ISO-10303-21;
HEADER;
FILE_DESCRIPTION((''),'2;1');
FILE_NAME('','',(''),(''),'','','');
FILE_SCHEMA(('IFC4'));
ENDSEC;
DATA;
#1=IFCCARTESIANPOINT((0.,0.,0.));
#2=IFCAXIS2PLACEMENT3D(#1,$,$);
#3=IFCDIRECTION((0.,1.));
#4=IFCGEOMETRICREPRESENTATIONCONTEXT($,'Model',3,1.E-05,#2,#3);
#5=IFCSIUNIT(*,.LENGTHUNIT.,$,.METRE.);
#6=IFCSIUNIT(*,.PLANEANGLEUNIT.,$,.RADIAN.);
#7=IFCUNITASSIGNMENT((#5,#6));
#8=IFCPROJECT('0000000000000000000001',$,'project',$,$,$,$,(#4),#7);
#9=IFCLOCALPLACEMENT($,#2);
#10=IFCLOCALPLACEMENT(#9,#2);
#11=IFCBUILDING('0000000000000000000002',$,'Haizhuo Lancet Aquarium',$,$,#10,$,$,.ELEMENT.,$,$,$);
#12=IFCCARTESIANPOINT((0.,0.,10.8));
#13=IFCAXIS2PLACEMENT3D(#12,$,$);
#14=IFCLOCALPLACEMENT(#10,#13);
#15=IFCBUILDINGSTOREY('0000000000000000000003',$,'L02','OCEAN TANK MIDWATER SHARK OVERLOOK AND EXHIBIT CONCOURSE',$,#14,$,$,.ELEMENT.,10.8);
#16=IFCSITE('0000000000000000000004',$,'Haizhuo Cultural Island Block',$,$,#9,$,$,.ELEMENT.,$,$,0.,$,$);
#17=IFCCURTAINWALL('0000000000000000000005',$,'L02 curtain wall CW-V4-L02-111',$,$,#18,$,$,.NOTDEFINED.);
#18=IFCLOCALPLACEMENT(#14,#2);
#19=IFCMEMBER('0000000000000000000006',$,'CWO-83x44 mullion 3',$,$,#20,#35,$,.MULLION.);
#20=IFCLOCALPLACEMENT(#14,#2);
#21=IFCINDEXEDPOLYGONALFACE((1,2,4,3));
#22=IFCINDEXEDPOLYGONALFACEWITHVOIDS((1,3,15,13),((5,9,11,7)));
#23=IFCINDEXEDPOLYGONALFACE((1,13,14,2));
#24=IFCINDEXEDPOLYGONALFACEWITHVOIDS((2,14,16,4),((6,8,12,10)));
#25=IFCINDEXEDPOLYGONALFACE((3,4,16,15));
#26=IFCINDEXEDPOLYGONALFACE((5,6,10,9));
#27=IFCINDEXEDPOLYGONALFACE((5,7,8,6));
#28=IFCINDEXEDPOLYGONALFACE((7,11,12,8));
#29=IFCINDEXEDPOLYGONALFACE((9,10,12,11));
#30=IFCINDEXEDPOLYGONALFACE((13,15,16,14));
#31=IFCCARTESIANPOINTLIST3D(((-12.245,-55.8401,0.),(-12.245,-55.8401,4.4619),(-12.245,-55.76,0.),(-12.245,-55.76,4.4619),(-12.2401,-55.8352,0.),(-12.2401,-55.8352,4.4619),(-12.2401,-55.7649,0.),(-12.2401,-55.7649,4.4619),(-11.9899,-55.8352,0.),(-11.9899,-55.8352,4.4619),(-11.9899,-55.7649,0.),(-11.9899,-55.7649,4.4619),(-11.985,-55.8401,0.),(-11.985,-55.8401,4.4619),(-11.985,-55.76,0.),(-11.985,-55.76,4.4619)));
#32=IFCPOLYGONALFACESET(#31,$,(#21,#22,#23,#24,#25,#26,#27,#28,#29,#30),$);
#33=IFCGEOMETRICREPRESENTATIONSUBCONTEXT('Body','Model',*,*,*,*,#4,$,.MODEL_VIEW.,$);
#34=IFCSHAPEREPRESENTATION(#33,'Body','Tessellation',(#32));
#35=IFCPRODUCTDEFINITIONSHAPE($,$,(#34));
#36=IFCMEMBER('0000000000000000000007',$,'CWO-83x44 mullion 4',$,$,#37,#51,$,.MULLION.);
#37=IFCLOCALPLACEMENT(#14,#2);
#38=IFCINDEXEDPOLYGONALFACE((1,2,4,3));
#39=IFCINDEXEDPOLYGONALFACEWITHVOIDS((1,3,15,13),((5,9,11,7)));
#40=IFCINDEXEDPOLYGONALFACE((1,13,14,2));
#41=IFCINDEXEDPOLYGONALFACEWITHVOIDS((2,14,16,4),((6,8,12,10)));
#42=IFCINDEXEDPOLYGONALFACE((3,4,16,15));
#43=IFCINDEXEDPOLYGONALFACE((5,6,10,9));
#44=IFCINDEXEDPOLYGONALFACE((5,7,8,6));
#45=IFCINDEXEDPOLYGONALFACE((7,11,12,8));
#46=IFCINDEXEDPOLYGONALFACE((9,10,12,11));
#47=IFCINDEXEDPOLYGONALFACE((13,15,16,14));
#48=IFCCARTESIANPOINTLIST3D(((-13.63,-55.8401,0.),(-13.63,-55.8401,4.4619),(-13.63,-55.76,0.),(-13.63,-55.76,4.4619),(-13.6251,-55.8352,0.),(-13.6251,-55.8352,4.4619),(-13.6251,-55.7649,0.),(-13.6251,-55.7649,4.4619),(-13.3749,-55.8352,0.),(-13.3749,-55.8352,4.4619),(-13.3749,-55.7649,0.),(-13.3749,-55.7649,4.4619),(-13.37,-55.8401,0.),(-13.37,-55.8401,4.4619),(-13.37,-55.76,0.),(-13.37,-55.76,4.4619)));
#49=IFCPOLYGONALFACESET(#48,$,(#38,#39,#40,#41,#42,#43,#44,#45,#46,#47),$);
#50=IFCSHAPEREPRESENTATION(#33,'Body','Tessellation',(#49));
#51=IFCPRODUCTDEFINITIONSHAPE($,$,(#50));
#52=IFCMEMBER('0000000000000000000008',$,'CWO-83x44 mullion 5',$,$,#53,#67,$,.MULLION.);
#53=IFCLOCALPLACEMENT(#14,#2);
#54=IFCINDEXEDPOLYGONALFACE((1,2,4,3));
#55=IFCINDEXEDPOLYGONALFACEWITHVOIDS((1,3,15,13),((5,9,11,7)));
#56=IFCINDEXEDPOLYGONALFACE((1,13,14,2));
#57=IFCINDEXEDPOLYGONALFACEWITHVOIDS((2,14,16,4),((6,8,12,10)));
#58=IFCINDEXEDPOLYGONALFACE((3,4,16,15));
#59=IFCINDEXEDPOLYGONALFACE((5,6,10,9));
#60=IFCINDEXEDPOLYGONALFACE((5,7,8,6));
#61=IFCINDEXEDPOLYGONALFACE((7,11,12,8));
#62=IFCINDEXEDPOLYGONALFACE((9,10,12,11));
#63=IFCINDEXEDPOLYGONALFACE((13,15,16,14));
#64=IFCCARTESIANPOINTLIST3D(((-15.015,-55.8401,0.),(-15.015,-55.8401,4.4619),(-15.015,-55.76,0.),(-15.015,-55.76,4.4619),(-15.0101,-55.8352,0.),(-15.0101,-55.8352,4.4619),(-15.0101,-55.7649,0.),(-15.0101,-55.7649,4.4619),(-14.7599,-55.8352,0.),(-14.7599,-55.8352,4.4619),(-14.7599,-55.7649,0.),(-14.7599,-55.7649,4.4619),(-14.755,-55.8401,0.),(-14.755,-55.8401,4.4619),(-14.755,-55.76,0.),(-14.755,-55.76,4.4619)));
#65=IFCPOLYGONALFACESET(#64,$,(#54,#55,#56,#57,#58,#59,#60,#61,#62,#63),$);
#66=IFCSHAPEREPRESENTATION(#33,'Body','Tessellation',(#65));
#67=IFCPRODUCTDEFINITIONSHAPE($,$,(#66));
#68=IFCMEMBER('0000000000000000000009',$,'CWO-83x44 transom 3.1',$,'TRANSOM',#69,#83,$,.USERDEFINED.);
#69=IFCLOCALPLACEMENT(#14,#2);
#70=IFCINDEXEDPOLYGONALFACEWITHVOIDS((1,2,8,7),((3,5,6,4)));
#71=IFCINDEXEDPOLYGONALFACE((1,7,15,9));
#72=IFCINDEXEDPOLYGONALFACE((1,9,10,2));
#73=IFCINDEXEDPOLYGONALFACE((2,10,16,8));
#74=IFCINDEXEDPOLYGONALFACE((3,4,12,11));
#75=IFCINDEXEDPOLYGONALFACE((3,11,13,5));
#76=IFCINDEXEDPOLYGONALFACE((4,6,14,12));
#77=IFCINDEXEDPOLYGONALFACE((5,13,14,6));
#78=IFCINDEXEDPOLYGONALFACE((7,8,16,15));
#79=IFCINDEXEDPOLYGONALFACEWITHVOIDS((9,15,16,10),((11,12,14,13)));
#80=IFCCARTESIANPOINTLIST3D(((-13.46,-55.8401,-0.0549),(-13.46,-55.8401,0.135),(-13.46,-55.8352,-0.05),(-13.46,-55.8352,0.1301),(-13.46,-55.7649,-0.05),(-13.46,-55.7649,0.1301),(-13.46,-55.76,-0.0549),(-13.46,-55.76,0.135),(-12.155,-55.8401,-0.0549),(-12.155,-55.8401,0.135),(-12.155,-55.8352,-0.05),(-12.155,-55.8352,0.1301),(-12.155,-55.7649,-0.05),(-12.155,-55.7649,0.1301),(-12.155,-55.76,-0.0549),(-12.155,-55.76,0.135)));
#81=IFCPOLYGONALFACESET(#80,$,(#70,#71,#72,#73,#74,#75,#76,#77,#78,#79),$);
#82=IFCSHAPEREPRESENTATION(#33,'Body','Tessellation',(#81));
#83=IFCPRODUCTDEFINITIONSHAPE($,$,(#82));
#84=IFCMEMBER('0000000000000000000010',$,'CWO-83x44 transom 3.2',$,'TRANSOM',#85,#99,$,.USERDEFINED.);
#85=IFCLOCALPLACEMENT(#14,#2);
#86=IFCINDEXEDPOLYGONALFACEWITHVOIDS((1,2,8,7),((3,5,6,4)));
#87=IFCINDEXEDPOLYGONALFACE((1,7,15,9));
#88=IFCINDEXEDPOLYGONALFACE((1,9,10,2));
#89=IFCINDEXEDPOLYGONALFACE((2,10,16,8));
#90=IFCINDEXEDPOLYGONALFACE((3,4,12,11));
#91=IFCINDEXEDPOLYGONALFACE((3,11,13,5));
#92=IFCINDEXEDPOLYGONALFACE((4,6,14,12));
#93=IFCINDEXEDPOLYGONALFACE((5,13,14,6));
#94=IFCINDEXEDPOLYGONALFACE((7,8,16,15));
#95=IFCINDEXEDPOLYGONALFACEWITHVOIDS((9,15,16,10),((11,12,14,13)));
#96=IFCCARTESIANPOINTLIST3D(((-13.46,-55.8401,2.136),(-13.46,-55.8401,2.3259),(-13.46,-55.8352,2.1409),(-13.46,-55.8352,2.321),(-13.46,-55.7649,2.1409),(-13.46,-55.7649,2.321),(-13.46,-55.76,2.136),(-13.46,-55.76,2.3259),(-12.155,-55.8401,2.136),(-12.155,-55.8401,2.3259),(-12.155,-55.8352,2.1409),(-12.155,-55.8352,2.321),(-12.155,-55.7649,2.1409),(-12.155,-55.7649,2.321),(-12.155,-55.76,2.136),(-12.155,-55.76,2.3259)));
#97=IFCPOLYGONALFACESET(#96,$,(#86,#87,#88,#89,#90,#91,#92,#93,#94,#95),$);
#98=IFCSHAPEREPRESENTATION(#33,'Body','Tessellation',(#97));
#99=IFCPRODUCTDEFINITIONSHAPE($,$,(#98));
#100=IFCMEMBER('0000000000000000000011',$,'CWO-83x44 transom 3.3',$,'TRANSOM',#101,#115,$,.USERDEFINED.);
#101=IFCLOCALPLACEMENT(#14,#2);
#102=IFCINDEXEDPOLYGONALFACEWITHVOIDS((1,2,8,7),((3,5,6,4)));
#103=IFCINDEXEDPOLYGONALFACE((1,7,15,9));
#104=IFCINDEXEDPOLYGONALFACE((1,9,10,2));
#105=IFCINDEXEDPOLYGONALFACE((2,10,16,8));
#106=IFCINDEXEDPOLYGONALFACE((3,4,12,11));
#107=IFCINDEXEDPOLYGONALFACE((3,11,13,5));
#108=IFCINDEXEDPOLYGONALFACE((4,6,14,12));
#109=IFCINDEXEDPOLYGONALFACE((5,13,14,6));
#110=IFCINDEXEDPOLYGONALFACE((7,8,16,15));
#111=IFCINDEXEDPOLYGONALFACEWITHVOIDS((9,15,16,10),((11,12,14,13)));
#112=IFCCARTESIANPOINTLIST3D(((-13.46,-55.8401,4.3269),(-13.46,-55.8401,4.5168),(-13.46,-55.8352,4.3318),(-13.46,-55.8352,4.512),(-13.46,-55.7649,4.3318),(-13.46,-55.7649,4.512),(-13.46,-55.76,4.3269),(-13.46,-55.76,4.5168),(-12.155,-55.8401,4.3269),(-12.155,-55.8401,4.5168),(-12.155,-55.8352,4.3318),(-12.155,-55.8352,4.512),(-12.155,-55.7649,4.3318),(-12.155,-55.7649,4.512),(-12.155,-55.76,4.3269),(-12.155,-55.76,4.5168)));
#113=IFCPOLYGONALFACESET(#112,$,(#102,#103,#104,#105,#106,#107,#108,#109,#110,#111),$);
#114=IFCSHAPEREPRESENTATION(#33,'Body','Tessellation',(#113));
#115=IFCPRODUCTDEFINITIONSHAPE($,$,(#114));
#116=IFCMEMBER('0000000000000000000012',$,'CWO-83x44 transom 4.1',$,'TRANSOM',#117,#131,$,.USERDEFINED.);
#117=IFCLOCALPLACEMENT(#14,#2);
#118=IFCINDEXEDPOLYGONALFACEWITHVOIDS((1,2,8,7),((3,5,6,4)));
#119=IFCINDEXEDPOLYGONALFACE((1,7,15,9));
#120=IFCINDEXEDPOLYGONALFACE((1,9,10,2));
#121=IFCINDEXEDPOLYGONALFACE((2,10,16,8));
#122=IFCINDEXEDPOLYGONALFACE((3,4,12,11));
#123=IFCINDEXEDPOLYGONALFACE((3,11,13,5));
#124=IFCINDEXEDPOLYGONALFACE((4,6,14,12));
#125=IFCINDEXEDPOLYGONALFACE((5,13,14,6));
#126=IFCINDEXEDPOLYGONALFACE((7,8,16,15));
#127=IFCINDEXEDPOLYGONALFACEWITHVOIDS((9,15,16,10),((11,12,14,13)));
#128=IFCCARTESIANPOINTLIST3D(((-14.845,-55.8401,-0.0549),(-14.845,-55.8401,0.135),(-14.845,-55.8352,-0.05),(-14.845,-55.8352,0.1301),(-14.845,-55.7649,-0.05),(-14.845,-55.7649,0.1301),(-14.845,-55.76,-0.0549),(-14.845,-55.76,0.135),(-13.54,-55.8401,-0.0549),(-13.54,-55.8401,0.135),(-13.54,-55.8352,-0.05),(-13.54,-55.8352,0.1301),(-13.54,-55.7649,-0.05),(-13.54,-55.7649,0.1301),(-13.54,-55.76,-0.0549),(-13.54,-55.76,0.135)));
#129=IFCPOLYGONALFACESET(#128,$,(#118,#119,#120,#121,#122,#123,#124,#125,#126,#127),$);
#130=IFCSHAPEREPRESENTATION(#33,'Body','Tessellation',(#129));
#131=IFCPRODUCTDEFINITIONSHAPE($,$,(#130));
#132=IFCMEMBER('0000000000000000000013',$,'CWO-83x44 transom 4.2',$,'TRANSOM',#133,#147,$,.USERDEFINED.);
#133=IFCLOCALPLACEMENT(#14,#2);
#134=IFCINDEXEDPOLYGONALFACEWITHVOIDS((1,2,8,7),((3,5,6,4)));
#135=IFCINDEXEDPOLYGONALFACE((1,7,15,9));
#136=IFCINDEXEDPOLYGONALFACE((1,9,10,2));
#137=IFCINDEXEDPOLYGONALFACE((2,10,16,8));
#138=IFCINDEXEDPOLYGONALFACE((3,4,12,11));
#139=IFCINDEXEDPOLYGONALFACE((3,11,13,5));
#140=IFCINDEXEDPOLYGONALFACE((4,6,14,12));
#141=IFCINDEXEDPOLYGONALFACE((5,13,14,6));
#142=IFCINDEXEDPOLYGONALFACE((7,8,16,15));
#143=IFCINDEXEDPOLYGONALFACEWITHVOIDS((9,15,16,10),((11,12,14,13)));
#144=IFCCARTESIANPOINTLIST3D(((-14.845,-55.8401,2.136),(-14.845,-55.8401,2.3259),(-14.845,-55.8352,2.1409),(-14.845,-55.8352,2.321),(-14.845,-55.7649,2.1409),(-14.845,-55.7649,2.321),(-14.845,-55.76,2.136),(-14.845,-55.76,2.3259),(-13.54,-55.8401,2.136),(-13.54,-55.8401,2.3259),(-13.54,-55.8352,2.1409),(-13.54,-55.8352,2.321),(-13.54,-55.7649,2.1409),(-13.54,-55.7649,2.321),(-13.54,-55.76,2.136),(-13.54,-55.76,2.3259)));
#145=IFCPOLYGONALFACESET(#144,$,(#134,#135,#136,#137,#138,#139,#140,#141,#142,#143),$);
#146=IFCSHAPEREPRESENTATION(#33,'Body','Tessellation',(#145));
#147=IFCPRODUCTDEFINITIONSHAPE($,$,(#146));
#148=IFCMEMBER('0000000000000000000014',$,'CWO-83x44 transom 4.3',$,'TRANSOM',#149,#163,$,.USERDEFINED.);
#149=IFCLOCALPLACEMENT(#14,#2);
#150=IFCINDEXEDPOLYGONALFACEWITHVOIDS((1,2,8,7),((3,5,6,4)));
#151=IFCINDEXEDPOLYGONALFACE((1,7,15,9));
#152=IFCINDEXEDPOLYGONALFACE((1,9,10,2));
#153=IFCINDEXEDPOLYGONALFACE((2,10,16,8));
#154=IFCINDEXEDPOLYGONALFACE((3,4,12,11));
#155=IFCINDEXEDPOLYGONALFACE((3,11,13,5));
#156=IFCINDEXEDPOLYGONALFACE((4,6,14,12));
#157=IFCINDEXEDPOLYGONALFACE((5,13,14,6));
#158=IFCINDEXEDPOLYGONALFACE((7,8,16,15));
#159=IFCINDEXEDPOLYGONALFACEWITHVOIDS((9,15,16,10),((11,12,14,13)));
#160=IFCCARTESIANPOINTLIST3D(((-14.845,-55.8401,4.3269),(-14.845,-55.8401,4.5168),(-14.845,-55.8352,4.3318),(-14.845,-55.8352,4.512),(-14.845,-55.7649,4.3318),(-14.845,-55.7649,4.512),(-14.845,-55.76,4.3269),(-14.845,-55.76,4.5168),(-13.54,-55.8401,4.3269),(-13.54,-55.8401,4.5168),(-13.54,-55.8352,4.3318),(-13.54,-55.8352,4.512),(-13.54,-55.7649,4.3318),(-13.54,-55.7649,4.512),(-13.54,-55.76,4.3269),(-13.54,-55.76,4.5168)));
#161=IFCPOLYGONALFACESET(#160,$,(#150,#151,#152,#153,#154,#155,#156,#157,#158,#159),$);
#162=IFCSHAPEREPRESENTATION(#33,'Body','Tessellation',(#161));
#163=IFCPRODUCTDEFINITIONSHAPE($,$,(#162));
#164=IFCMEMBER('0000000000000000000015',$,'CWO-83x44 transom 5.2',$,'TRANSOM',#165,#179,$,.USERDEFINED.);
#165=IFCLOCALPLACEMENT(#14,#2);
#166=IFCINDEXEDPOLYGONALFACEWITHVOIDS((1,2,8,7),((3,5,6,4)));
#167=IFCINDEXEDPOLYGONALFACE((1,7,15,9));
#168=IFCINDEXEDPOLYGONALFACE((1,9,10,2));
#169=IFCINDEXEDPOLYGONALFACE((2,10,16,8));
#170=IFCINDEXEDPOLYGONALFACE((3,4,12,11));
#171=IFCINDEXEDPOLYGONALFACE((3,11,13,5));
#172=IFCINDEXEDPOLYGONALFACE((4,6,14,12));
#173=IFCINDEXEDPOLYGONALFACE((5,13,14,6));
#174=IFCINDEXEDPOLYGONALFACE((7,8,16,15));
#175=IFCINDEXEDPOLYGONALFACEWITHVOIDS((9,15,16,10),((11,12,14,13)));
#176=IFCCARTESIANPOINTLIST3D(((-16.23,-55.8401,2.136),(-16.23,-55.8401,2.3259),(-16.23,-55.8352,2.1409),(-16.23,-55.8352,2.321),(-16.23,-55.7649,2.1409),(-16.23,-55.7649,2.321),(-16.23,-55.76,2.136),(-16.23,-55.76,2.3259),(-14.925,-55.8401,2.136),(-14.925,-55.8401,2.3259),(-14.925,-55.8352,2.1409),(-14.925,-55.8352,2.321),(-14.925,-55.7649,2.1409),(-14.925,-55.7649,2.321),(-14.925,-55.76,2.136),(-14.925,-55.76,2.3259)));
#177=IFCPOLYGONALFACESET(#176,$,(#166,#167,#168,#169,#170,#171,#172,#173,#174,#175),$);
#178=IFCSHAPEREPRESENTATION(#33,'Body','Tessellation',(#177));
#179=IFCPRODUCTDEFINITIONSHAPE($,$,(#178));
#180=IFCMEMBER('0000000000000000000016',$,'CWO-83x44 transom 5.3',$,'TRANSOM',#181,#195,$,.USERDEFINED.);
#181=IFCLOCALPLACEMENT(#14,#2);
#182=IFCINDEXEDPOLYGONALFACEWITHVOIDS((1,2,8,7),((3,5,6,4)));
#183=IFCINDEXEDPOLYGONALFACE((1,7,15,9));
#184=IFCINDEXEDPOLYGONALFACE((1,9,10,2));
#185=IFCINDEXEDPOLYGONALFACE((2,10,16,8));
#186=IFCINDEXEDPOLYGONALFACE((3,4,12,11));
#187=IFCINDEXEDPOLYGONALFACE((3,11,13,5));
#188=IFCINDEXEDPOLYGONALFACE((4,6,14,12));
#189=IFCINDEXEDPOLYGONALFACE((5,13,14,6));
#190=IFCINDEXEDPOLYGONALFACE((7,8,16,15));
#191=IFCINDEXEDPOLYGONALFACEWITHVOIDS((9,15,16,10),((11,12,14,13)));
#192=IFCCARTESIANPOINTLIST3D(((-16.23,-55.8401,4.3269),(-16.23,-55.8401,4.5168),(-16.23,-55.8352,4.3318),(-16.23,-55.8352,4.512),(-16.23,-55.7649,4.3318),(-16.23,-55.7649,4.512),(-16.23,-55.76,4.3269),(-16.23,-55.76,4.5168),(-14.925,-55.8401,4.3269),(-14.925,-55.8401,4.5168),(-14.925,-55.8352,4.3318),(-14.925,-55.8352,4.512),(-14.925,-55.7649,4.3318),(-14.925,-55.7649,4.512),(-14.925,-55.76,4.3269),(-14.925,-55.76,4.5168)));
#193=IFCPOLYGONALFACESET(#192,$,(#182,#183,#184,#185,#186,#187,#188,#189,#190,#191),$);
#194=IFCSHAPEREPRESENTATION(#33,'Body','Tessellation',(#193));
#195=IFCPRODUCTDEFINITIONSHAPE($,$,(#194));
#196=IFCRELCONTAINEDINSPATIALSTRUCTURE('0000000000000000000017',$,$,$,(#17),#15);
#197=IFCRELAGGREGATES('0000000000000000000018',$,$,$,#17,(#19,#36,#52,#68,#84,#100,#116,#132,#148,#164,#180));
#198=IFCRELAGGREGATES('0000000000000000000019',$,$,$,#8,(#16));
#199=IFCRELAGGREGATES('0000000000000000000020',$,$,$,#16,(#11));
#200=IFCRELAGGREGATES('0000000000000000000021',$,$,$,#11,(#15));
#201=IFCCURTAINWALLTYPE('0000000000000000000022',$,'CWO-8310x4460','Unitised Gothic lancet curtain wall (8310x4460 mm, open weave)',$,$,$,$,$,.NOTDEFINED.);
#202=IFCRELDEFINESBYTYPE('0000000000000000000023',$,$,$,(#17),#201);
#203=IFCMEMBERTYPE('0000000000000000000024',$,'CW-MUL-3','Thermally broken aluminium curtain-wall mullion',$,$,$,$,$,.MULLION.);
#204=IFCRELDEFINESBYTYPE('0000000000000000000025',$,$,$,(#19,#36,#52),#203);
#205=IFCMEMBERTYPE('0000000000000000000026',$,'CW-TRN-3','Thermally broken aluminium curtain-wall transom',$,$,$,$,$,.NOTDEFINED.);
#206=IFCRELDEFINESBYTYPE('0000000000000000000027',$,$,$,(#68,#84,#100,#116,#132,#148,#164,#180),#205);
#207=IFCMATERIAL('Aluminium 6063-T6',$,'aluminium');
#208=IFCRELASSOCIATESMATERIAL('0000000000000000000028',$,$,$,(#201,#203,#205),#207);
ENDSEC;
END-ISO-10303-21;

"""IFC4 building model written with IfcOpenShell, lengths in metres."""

from ifc_helpers import new_model, si_unit, direction, frame, origin, origin_2d, place, context, subcontext, project, spatial, hollow_rectangle, extrude, material, material_profile, profile_set, type_object, element, aggregate, save


model = new_model("IFC4")

# Units and contexts
model_context = context("Model", 3, precision=1e-05, world=origin(), true_north=direction((0.0, 1.0)))
body_context = subcontext(model_context, "Body", "Model", "MODEL_VIEW")
ifc_project = project(units=[si_unit("LENGTHUNIT", "METRE"), si_unit("PLANEANGLEUNIT", "RADIAN")], contexts=[model_context])

# Site, building, storey
site_placement = place(None, origin())
site = spatial("IfcSite", under=ifc_project, at=site_placement, Name="Haizhuo Cultural Island Block", CompositionType="ELEMENT", RefElevation=0.0)
building_placement = place(site_placement, origin())
building = spatial("IfcBuilding", under=site, at=building_placement, Name="Haizhuo Lancet Aquarium", CompositionType="ELEMENT")
storey_placement = place(building_placement, frame((0.0, 0.0, 10.8)))
storey = spatial("IfcBuildingStorey", under=building, at=storey_placement, Name="L02", Description="OCEAN TANK MIDWATER SHARK OVERLOOK AND EXHIBIT CONCOURSE", CompositionType="ELEMENT", Elevation=10.8)

# Curtain wall, members
ifc_material_1 = material(Name="Aluminium 6063-T6", Category="aluminium")
curtain_wall_type = type_object("IfcCurtainWallType", Name="CWO-8310x4460", Description="Unitised Gothic lancet curtain wall (8310x4460 mm, open weave)", PredefinedType="NOTDEFINED", material=ifc_material_1)
curtain_wall_placement = place(storey_placement, origin())
curtain_wall = element("IfcCurtainWall", 1, at=curtain_wall_placement, inside=storey, type_object=curtain_wall_type, Name="L02 curtain wall CW-V4-L02-111", PredefinedType="NOTDEFINED")
ifc_material_profile_1 = material_profile(ifc_material_1, hollow_rectangle(XDim=0.0801, YDim=0.26, WallThickness=0.0049, at=origin_2d()), Name="ALU-M 80x260x5")
ifc_profile_set_1 = profile_set([ifc_material_profile_1], Name="Aluminium 6063-T6")
member_type_1 = type_object("IfcMemberType", Name="CW-MUL-3", Description="Thermally broken aluminium curtain-wall mullion", PredefinedType="MULLION", material=ifc_profile_set_1)
member_1_placement = place(storey_placement, frame((-12.115, -55.8, 0.0), z_axis=(0.0, 0.0, 1.0), x_axis=(0.0, -1.0, 0.0)))
member_1 = element("IfcMember", 2, at=member_1_placement, type_object=member_type_1, Name="CWO-83x44 mullion 3", PredefinedType="MULLION", context=body_context, shape_type="SweptSolid", body=[
    extrude(hollow_rectangle(XDim=0.0801, YDim=0.26, WallThickness=0.0049, at=origin_2d()), origin(), (0.0, 0.0, 1.0), 4.4619),
])
member_2_placement = place(storey_placement, frame((-13.5, -55.8, 0.0), z_axis=(0.0, 0.0, 1.0), x_axis=(0.0, -1.0, 0.0)))
member_2 = element("IfcMember", 3, at=member_2_placement, type_object=member_type_1, Name="CWO-83x44 mullion 4", PredefinedType="MULLION", context=body_context, shape_type="SweptSolid", body=[
    extrude(hollow_rectangle(XDim=0.0801, YDim=0.26, WallThickness=0.0049, at=origin_2d()), origin(), (0.0, 0.0, 1.0), 4.4619),
])
member_3_placement = place(storey_placement, frame((-14.885, -55.8, 0.0), z_axis=(0.0, 0.0, 1.0), x_axis=(0.0, -1.0, 0.0)))
member_3 = element("IfcMember", 4, at=member_3_placement, type_object=member_type_1, Name="CWO-83x44 mullion 5", PredefinedType="MULLION", context=body_context, shape_type="SweptSolid", body=[
    extrude(hollow_rectangle(XDim=0.0801, YDim=0.26, WallThickness=0.0049, at=origin_2d()), origin(), (0.0, 0.0, 1.0), 4.4619),
])
ifc_material_profile_2 = material_profile(ifc_material_1, hollow_rectangle(XDim=0.0801, YDim=0.1899, WallThickness=0.0049, at=origin_2d()), Name="ALU-T 80x190x5")
ifc_profile_set_2 = profile_set([ifc_material_profile_2], Name="Aluminium 6063-T6")
member_type_2 = type_object("IfcMemberType", Name="CW-TRN-3", Description="Thermally broken aluminium curtain-wall transom", PredefinedType="NOTDEFINED", material=ifc_profile_set_2)
member_4_placement = place(storey_placement, frame((-12.155, -55.8, 0.04), z_axis=(-1.0, 0.0, 0.0), x_axis=(0.0, -1.0, 0.0)))
member_4 = element("IfcMember", 5, at=member_4_placement, type_object=member_type_2, Name="CWO-83x44 transom 3.1", ObjectType="TRANSOM", PredefinedType="USERDEFINED", context=body_context, shape_type="SweptSolid", body=[
    extrude(hollow_rectangle(XDim=0.0801, YDim=0.1899, WallThickness=0.0049, at=origin_2d()), origin(), (0.0, 0.0, 1.0), 1.3049),
])
member_5_placement = place(storey_placement, frame((-12.155, -55.8, 2.231), z_axis=(-1.0, 0.0, 0.0), x_axis=(0.0, -1.0, 0.0)))
member_5 = element("IfcMember", 6, at=member_5_placement, type_object=member_type_2, Name="CWO-83x44 transom 3.2", ObjectType="TRANSOM", PredefinedType="USERDEFINED", context=body_context, shape_type="SweptSolid", body=[
    extrude(hollow_rectangle(XDim=0.0801, YDim=0.1899, WallThickness=0.0049, at=origin_2d()), origin(), (0.0, 0.0, 1.0), 1.3049),
])
member_6_placement = place(storey_placement, frame((-12.155, -55.8, 4.4219), z_axis=(-1.0, 0.0, 0.0), x_axis=(0.0, -1.0, 0.0)))
member_6 = element("IfcMember", 7, at=member_6_placement, type_object=member_type_2, Name="CWO-83x44 transom 3.3", ObjectType="TRANSOM", PredefinedType="USERDEFINED", context=body_context, shape_type="SweptSolid", body=[
    extrude(hollow_rectangle(XDim=0.0801, YDim=0.1899, WallThickness=0.0049, at=origin_2d()), origin(), (0.0, 0.0, 1.0), 1.3049),
])
member_7_placement = place(storey_placement, frame((-13.54, -55.8, 0.04), z_axis=(-1.0, 0.0, 0.0), x_axis=(0.0, -1.0, 0.0)))
member_7 = element("IfcMember", 8, at=member_7_placement, type_object=member_type_2, Name="CWO-83x44 transom 4.1", ObjectType="TRANSOM", PredefinedType="USERDEFINED", context=body_context, shape_type="SweptSolid", body=[
    extrude(hollow_rectangle(XDim=0.0801, YDim=0.1899, WallThickness=0.0049, at=origin_2d()), origin(), (0.0, 0.0, 1.0), 1.3049),
])
member_8_placement = place(storey_placement, frame((-13.54, -55.8, 2.231), z_axis=(-1.0, 0.0, 0.0), x_axis=(0.0, -1.0, 0.0)))
member_8 = element("IfcMember", 9, at=member_8_placement, type_object=member_type_2, Name="CWO-83x44 transom 4.2", ObjectType="TRANSOM", PredefinedType="USERDEFINED", context=body_context, shape_type="SweptSolid", body=[
    extrude(hollow_rectangle(XDim=0.0801, YDim=0.1899, WallThickness=0.0049, at=origin_2d()), origin(), (0.0, 0.0, 1.0), 1.3049),
])
member_9_placement = place(storey_placement, frame((-13.54, -55.8, 4.4219), z_axis=(-1.0, 0.0, 0.0), x_axis=(0.0, -1.0, 0.0)))
member_9 = element("IfcMember", 10, at=member_9_placement, type_object=member_type_2, Name="CWO-83x44 transom 4.3", ObjectType="TRANSOM", PredefinedType="USERDEFINED", context=body_context, shape_type="SweptSolid", body=[
    extrude(hollow_rectangle(XDim=0.0801, YDim=0.1899, WallThickness=0.0049, at=origin_2d()), origin(), (0.0, 0.0, 1.0), 1.3049),
])
member_10_placement = place(storey_placement, frame((-14.925, -55.8, 2.231), z_axis=(-1.0, 0.0, 0.0), x_axis=(0.0, -1.0, 0.0)))
member_10 = element("IfcMember", 11, at=member_10_placement, type_object=member_type_2, Name="CWO-83x44 transom 5.2", ObjectType="TRANSOM", PredefinedType="USERDEFINED", context=body_context, shape_type="SweptSolid", body=[
    extrude(hollow_rectangle(XDim=0.0801, YDim=0.1899, WallThickness=0.0049, at=origin_2d()), origin(), (0.0, 0.0, 1.0), 1.3049),
])
member_11_placement = place(storey_placement, frame((-14.925, -55.8, 4.4219), z_axis=(-1.0, 0.0, 0.0), x_axis=(0.0, -1.0, 0.0)))
member_11 = element("IfcMember", 12, at=member_11_placement, type_object=member_type_2, Name="CWO-83x44 transom 5.3", ObjectType="TRANSOM", PredefinedType="USERDEFINED", context=body_context, shape_type="SweptSolid", body=[
    extrude(hollow_rectangle(XDim=0.0801, YDim=0.1899, WallThickness=0.0049, at=origin_2d()), origin(), (0.0, 0.0, 1.0), 1.3049),
])

aggregate(curtain_wall, [member_1, member_2, member_3, member_4, member_5, member_6, member_7, member_8, member_9, member_10, member_11])

save(model, "model.ifc")
